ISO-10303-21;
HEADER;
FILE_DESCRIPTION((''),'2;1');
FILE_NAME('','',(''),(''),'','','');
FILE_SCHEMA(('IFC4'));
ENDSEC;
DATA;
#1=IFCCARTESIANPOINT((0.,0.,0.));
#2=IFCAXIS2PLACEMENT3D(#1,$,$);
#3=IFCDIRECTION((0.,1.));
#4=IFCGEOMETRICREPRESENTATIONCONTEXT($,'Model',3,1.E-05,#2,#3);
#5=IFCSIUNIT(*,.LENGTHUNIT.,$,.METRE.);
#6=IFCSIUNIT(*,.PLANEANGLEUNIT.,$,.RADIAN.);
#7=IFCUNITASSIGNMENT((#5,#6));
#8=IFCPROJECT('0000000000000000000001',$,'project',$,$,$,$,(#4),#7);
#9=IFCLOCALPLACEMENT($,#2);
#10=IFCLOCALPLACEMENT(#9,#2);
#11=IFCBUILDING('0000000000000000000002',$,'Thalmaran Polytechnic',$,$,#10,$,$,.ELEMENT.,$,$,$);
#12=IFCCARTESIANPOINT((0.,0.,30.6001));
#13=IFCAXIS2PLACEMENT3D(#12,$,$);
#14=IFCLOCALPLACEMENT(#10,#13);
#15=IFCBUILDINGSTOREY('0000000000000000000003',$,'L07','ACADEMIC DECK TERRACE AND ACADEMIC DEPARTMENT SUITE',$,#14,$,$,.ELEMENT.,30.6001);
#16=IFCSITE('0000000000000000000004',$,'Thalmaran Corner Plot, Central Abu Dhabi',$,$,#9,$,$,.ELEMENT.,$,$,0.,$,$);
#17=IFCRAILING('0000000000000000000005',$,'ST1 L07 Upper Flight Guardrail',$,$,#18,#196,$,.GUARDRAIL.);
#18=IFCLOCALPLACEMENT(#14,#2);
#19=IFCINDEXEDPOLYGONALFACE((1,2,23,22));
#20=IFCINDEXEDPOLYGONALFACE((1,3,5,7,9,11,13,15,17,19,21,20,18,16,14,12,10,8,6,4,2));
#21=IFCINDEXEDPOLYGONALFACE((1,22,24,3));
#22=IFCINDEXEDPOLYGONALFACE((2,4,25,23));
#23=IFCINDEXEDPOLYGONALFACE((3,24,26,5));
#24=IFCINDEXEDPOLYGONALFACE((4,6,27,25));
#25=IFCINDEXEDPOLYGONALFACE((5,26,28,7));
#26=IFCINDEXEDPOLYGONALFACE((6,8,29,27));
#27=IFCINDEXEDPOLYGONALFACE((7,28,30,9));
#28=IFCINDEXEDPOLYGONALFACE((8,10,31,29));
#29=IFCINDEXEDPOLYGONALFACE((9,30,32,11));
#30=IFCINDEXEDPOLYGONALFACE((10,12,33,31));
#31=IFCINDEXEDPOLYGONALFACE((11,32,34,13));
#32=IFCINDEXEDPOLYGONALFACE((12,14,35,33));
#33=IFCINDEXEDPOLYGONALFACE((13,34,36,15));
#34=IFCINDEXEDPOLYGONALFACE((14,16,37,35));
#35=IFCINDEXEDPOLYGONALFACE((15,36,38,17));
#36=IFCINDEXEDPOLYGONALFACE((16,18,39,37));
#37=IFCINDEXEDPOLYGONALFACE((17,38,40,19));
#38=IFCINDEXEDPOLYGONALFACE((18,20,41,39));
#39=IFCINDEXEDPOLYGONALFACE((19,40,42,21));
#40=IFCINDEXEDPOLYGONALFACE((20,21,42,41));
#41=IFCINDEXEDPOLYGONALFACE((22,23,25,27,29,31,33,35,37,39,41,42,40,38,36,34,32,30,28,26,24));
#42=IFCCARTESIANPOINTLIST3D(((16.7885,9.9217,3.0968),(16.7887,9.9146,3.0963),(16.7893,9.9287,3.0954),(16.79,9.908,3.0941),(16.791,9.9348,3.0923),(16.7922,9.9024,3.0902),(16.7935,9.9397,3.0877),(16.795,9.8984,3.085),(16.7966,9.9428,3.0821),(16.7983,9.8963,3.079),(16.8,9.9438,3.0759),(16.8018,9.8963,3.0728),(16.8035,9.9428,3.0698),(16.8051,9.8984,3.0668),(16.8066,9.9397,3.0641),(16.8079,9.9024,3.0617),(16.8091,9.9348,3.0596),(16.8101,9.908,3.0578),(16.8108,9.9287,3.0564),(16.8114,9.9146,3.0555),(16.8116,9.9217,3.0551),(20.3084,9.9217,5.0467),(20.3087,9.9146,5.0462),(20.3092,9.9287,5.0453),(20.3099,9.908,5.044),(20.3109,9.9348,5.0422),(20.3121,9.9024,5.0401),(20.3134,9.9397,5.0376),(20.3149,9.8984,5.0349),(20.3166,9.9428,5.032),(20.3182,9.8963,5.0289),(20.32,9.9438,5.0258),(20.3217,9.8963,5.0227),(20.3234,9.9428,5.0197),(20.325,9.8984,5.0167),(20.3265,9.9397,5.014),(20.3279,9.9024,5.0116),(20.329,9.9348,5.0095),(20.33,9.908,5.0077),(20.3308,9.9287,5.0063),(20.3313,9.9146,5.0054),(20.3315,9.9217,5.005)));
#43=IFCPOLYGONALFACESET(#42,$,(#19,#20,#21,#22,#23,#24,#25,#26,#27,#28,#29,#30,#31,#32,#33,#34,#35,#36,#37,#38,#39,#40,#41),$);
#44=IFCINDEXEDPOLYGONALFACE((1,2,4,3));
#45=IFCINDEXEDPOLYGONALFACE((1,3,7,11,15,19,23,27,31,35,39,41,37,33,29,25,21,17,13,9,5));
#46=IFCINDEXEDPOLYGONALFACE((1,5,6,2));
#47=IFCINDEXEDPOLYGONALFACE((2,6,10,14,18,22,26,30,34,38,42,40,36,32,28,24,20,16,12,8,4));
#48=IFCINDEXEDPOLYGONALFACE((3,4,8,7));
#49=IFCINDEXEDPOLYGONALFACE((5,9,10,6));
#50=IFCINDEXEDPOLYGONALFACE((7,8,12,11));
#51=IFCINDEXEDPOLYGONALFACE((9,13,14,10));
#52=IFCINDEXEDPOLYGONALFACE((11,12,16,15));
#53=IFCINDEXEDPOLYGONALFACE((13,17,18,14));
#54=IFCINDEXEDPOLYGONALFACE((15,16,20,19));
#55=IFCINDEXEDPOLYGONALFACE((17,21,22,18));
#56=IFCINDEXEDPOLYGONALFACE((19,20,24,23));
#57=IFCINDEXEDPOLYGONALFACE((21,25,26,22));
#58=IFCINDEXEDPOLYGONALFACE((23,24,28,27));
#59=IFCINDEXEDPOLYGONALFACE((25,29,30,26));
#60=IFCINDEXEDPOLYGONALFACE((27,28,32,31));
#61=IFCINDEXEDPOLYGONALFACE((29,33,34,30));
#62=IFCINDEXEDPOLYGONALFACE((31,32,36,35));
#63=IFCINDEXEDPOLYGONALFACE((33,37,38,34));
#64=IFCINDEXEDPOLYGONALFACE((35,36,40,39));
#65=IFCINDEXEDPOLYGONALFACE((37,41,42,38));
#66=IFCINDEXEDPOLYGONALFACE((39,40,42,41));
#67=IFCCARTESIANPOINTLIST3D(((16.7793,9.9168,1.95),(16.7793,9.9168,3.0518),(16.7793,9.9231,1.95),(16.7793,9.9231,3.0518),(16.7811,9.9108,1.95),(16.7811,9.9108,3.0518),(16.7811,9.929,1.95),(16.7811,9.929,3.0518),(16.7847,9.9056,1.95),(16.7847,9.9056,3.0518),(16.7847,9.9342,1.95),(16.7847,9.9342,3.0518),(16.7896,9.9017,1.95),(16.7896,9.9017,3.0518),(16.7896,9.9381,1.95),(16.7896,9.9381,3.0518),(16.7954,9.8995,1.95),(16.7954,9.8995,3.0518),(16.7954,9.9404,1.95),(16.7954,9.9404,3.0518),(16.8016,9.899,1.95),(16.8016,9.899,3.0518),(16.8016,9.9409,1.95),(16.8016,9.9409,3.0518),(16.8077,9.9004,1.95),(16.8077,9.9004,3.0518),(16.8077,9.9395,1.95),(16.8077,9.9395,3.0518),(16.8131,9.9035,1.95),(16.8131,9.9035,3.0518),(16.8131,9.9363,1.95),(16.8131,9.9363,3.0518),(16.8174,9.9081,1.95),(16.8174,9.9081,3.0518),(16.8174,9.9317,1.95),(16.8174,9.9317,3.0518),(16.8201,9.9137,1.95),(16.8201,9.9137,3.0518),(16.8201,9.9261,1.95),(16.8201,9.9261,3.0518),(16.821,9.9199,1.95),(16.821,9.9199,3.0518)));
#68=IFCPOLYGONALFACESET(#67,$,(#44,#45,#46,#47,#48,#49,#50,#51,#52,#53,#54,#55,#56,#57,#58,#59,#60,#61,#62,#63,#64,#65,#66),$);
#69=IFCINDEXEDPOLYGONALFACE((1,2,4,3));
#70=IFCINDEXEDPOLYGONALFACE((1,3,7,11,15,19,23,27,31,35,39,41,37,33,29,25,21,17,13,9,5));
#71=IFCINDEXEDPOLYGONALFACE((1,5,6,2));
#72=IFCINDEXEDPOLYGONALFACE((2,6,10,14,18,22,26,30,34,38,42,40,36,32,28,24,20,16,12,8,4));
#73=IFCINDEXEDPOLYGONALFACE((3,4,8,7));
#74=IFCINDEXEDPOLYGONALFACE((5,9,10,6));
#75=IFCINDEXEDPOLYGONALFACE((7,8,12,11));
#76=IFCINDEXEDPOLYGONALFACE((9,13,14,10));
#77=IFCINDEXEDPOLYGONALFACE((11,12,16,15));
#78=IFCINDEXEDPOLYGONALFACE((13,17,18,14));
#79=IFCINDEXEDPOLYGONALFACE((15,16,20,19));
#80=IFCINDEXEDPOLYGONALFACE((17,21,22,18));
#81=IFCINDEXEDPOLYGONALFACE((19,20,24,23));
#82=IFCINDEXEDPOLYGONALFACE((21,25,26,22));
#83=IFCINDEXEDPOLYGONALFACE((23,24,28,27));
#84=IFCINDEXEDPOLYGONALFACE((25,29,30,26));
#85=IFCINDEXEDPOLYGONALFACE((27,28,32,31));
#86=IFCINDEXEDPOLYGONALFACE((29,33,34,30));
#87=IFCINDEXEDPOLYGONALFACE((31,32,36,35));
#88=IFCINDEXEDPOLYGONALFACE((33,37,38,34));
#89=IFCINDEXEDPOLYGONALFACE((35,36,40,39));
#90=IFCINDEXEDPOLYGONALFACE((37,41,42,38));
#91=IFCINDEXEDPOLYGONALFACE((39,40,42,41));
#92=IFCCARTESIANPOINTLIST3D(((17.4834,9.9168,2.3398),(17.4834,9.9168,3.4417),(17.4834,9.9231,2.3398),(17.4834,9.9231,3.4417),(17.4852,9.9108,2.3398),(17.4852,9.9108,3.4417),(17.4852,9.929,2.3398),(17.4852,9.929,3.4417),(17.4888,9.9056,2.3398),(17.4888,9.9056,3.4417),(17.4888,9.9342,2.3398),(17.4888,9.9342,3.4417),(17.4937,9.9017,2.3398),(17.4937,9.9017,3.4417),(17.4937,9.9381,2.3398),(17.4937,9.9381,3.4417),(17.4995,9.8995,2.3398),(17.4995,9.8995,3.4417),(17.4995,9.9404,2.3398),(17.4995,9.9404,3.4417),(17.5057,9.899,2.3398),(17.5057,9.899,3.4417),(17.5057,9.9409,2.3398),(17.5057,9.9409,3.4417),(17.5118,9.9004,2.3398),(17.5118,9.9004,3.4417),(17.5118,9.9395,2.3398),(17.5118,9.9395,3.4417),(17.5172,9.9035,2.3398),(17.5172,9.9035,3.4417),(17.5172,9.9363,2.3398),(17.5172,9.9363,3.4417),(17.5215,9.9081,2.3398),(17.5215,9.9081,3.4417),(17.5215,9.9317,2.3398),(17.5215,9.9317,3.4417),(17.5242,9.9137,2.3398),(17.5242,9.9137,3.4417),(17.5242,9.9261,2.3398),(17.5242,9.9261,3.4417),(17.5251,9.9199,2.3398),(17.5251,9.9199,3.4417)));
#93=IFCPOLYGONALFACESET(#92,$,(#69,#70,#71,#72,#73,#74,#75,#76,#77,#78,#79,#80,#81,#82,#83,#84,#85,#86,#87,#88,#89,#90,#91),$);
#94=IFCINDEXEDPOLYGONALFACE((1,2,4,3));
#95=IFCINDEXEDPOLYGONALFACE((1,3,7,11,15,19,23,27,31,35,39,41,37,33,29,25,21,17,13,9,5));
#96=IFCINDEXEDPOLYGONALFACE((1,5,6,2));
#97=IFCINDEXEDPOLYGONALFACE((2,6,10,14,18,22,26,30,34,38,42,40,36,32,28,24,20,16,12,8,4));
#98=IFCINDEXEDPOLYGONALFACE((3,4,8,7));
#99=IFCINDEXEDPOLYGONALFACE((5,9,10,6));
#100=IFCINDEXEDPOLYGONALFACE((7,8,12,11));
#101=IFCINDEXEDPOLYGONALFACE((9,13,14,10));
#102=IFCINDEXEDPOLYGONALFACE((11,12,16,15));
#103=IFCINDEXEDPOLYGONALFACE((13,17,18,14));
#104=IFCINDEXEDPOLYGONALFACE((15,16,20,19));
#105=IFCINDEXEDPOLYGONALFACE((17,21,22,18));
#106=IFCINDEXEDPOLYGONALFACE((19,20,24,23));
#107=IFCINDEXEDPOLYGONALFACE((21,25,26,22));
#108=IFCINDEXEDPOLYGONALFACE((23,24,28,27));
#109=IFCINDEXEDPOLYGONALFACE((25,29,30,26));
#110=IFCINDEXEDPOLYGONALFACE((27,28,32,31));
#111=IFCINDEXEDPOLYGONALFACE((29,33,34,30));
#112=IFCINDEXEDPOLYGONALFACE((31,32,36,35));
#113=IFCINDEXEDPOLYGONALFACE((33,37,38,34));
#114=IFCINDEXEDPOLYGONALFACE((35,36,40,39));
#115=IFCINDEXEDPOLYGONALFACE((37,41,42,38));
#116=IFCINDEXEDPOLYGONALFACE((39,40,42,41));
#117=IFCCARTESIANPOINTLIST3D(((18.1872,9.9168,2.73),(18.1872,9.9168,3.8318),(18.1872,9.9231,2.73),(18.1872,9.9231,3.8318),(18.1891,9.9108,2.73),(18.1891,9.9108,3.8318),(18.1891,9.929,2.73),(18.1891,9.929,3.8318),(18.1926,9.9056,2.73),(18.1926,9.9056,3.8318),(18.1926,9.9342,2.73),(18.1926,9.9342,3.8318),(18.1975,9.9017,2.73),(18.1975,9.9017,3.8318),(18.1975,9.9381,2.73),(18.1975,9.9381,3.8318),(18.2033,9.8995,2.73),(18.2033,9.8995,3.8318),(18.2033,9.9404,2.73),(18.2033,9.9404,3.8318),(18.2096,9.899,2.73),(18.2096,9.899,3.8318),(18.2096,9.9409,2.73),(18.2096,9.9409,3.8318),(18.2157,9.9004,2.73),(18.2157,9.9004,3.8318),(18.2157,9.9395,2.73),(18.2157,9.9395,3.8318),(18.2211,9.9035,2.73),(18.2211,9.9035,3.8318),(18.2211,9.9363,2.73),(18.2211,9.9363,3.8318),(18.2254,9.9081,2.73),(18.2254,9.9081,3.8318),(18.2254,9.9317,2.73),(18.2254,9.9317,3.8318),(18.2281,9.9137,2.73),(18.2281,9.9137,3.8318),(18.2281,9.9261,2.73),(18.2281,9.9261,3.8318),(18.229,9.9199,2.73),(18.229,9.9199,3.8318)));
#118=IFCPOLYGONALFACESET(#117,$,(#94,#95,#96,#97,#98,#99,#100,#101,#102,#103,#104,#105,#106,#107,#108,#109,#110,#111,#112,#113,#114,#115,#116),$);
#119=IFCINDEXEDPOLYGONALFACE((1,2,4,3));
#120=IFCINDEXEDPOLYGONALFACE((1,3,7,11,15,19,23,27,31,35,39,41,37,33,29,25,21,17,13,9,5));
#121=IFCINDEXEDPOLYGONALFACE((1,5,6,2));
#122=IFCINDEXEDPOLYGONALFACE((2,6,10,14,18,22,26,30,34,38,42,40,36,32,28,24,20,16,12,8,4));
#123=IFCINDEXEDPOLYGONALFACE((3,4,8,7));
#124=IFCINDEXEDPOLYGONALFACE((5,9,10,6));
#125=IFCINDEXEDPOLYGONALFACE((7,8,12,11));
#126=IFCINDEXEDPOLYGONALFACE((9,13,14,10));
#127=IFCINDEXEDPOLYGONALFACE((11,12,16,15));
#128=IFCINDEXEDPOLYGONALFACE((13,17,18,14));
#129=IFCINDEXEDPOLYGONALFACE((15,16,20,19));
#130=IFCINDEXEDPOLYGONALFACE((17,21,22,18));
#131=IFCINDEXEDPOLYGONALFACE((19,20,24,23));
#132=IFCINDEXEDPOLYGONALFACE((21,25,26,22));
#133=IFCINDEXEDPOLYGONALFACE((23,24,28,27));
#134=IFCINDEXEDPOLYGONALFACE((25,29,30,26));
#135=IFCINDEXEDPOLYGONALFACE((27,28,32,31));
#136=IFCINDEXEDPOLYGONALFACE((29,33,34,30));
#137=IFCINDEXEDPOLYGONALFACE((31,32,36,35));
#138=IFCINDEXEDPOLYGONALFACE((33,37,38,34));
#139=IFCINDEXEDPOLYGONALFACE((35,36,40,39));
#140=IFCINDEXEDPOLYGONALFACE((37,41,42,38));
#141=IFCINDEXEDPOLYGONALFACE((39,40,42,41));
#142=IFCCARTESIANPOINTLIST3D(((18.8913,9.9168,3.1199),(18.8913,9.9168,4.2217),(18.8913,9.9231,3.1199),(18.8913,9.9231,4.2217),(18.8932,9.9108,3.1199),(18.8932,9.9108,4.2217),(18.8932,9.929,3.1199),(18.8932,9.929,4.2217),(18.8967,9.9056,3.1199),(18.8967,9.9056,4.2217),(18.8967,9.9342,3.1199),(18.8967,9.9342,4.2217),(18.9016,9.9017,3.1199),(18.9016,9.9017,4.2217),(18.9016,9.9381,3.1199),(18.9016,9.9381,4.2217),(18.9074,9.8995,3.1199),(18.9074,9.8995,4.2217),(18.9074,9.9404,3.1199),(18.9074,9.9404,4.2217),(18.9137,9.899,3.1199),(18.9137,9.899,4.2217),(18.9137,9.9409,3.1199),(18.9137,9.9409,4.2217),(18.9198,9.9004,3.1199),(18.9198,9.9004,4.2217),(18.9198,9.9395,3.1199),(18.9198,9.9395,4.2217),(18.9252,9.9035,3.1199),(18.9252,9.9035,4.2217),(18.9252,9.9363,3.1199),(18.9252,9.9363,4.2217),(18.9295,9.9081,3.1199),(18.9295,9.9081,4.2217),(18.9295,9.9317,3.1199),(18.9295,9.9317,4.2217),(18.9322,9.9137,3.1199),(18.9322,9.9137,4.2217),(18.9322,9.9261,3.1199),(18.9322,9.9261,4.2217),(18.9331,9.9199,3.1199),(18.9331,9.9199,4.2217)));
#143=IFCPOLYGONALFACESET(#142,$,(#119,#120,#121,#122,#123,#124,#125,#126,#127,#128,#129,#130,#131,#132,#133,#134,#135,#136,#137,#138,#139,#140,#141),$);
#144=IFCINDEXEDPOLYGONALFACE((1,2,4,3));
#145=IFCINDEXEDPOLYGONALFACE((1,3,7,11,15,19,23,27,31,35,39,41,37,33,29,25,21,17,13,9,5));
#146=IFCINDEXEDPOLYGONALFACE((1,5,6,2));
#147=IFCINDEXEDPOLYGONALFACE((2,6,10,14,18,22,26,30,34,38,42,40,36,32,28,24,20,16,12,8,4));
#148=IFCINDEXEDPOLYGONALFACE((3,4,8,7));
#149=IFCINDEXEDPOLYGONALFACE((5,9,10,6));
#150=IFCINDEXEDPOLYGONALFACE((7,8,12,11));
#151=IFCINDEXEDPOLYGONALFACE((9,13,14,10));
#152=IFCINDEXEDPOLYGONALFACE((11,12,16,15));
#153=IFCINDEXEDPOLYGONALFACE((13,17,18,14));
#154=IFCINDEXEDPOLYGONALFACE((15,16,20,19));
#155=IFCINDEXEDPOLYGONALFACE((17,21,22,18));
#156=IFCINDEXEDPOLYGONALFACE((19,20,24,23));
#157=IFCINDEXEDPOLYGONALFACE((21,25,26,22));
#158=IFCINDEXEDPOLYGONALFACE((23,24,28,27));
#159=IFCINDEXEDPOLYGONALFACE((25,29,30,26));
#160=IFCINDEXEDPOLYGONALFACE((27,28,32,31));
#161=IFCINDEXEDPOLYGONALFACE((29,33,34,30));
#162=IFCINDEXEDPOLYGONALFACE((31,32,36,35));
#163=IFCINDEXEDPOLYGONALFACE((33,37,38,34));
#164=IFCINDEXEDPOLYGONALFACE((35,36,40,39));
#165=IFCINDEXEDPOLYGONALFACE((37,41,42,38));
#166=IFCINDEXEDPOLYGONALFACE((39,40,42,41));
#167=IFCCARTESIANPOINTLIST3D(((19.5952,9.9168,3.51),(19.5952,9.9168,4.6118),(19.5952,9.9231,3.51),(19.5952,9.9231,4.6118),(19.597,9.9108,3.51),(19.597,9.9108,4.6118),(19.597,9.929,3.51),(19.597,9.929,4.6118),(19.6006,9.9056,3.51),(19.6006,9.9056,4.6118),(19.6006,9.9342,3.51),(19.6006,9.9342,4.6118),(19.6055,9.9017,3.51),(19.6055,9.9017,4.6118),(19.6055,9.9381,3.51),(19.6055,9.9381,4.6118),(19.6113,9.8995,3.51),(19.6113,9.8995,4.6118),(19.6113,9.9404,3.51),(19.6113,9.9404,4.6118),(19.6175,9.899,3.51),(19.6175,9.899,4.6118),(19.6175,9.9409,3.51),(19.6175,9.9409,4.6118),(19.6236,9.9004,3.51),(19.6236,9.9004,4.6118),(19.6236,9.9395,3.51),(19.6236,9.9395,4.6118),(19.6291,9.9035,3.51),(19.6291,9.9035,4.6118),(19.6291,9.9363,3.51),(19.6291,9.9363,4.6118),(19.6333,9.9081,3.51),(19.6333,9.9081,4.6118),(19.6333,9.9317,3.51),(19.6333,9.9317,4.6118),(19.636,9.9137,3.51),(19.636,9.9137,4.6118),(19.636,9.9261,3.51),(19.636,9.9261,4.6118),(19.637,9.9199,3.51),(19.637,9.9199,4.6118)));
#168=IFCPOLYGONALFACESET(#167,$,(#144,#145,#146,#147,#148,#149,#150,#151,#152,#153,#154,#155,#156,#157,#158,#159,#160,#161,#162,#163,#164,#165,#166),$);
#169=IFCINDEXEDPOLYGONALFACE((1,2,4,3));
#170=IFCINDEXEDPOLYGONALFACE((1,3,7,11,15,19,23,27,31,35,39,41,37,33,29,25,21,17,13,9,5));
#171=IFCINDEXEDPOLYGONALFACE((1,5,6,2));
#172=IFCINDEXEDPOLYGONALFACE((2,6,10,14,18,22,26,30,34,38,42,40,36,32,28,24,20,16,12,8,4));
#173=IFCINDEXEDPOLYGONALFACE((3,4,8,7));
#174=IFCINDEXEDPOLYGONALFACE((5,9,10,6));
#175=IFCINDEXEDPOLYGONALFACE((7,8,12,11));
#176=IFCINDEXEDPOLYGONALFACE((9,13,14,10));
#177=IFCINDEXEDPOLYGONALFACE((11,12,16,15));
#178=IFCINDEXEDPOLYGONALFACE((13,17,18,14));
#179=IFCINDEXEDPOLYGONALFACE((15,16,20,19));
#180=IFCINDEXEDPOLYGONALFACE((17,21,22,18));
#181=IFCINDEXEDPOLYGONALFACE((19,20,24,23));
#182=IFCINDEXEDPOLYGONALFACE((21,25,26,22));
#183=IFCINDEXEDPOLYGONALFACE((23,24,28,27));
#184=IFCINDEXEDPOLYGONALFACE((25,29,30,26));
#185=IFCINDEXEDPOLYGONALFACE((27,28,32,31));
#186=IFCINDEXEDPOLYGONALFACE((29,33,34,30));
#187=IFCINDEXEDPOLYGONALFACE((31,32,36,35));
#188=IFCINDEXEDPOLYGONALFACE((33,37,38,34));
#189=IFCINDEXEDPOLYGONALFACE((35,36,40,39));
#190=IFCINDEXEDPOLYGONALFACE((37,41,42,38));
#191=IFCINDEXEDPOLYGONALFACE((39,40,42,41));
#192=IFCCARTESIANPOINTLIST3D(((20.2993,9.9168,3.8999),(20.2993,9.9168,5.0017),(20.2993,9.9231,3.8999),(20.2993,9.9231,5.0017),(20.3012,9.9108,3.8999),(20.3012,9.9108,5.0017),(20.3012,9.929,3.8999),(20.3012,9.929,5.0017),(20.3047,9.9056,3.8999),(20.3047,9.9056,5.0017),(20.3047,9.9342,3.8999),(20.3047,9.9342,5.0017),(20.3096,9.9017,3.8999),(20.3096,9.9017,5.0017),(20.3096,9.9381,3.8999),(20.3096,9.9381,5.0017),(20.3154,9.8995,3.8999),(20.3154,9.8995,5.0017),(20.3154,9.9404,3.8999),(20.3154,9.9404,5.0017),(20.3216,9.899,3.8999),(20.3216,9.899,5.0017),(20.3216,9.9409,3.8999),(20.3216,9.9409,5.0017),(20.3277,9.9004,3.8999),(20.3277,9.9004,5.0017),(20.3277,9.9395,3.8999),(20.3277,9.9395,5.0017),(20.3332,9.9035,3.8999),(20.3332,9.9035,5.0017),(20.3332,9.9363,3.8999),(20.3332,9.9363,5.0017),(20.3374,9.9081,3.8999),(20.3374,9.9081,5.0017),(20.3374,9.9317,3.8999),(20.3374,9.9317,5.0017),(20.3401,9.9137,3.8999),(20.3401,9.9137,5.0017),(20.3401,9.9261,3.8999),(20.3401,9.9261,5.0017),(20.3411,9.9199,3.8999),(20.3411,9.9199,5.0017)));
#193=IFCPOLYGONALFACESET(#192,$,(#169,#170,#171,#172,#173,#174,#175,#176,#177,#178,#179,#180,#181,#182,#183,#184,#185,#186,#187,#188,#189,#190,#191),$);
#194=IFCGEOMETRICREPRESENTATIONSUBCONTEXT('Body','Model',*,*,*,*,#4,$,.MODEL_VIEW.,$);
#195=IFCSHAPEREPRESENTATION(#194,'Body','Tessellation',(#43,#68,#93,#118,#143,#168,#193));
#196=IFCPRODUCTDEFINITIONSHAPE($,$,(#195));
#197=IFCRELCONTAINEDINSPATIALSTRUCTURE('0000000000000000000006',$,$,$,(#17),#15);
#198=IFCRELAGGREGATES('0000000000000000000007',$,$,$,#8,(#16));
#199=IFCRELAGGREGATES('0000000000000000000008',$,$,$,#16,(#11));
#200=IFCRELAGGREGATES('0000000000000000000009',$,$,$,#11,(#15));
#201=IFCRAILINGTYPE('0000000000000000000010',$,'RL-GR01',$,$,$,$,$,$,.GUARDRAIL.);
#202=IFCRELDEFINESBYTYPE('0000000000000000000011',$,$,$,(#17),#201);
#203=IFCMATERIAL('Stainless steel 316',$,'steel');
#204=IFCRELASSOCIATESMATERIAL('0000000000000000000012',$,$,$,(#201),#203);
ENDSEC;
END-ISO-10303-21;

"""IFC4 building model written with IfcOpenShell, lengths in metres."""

from ifc_helpers import new_model, si_unit, direction, frame, origin, origin_2d, place, context, subcontext, project, spatial, circle, extrude, material, type_object, element, save


model = new_model("IFC4")

# Units and contexts
model_context = context("Model", 3, precision=1e-05, world=origin(), true_north=direction((0.0, 1.0)))
body_context = subcontext(model_context, "Body", "Model", "MODEL_VIEW")
ifc_project = project(units=[si_unit("LENGTHUNIT", "METRE"), si_unit("PLANEANGLEUNIT", "RADIAN")], contexts=[model_context])

# Site, building, storey
site_placement = place(None, origin())
site = spatial("IfcSite", under=ifc_project, at=site_placement, Name="Thalmaran Corner Plot, Central Abu Dhabi", CompositionType="ELEMENT", RefElevation=0.0)
building_placement = place(site_placement, origin())
building = spatial("IfcBuilding", under=site, at=building_placement, Name="Thalmaran Polytechnic", CompositionType="ELEMENT")
storey_placement = place(building_placement, frame((0.0, 0.0, 30.6001)))
storey = spatial("IfcBuildingStorey", under=building, at=storey_placement, Name="L07", Description="ACADEMIC DECK TERRACE AND ACADEMIC DEPARTMENT SUITE", CompositionType="ELEMENT", Elevation=30.6001)

# Railing
ifc_material_1 = material(Name="Stainless steel 316", Category="steel")
railing_type_1 = type_object("IfcRailingType", Name="RL-GR01", PredefinedType="GUARDRAIL", material=ifc_material_1)
railing_1_placement = place(storey_placement, frame((16.8, 9.9199, 1.95)))
element("IfcRailing", 1, at=railing_1_placement, inside=storey, type_object=railing_type_1, Name="ST1 L07 Upper Flight Guardrail", PredefinedType="GUARDRAIL", context=body_context, shape_type="SweptSolid", body=[
    extrude(circle(Radius=0.0239, at=origin_2d()), frame((0.0, 0.0, 1.126), z_axis=(0.874749, 0.0, 0.484576), x_axis=(0.0, 1.0, 0.0)), (0.0, 0.0, 1.0), 4.0239),
    extrude(circle(Radius=0.021, at=origin_2d()), origin(), (0.0, 0.0, 1.0), 1.1018),
    extrude(circle(Radius=0.021, at=origin_2d()), frame((0.7041, 0.0, 0.3899)), (0.0, 0.0, 1.0), 1.1018),
    extrude(circle(Radius=0.021, at=origin_2d()), frame((1.408, 0.0, 0.78)), (0.0, 0.0, 1.0), 1.1018),
    extrude(circle(Radius=0.021, at=origin_2d()), frame((2.1121, 0.0, 1.1699)), (0.0, 0.0, 1.0), 1.1018),
    extrude(circle(Radius=0.021, at=origin_2d()), frame((2.8159, 0.0, 1.5601)), (0.0, 0.0, 1.0), 1.1018),
    extrude(circle(Radius=0.021, at=origin_2d()), frame((3.52, 0.0, 1.95)), (0.0, 0.0, 1.0), 1.1018),
])

save(model, "model.ifc")
